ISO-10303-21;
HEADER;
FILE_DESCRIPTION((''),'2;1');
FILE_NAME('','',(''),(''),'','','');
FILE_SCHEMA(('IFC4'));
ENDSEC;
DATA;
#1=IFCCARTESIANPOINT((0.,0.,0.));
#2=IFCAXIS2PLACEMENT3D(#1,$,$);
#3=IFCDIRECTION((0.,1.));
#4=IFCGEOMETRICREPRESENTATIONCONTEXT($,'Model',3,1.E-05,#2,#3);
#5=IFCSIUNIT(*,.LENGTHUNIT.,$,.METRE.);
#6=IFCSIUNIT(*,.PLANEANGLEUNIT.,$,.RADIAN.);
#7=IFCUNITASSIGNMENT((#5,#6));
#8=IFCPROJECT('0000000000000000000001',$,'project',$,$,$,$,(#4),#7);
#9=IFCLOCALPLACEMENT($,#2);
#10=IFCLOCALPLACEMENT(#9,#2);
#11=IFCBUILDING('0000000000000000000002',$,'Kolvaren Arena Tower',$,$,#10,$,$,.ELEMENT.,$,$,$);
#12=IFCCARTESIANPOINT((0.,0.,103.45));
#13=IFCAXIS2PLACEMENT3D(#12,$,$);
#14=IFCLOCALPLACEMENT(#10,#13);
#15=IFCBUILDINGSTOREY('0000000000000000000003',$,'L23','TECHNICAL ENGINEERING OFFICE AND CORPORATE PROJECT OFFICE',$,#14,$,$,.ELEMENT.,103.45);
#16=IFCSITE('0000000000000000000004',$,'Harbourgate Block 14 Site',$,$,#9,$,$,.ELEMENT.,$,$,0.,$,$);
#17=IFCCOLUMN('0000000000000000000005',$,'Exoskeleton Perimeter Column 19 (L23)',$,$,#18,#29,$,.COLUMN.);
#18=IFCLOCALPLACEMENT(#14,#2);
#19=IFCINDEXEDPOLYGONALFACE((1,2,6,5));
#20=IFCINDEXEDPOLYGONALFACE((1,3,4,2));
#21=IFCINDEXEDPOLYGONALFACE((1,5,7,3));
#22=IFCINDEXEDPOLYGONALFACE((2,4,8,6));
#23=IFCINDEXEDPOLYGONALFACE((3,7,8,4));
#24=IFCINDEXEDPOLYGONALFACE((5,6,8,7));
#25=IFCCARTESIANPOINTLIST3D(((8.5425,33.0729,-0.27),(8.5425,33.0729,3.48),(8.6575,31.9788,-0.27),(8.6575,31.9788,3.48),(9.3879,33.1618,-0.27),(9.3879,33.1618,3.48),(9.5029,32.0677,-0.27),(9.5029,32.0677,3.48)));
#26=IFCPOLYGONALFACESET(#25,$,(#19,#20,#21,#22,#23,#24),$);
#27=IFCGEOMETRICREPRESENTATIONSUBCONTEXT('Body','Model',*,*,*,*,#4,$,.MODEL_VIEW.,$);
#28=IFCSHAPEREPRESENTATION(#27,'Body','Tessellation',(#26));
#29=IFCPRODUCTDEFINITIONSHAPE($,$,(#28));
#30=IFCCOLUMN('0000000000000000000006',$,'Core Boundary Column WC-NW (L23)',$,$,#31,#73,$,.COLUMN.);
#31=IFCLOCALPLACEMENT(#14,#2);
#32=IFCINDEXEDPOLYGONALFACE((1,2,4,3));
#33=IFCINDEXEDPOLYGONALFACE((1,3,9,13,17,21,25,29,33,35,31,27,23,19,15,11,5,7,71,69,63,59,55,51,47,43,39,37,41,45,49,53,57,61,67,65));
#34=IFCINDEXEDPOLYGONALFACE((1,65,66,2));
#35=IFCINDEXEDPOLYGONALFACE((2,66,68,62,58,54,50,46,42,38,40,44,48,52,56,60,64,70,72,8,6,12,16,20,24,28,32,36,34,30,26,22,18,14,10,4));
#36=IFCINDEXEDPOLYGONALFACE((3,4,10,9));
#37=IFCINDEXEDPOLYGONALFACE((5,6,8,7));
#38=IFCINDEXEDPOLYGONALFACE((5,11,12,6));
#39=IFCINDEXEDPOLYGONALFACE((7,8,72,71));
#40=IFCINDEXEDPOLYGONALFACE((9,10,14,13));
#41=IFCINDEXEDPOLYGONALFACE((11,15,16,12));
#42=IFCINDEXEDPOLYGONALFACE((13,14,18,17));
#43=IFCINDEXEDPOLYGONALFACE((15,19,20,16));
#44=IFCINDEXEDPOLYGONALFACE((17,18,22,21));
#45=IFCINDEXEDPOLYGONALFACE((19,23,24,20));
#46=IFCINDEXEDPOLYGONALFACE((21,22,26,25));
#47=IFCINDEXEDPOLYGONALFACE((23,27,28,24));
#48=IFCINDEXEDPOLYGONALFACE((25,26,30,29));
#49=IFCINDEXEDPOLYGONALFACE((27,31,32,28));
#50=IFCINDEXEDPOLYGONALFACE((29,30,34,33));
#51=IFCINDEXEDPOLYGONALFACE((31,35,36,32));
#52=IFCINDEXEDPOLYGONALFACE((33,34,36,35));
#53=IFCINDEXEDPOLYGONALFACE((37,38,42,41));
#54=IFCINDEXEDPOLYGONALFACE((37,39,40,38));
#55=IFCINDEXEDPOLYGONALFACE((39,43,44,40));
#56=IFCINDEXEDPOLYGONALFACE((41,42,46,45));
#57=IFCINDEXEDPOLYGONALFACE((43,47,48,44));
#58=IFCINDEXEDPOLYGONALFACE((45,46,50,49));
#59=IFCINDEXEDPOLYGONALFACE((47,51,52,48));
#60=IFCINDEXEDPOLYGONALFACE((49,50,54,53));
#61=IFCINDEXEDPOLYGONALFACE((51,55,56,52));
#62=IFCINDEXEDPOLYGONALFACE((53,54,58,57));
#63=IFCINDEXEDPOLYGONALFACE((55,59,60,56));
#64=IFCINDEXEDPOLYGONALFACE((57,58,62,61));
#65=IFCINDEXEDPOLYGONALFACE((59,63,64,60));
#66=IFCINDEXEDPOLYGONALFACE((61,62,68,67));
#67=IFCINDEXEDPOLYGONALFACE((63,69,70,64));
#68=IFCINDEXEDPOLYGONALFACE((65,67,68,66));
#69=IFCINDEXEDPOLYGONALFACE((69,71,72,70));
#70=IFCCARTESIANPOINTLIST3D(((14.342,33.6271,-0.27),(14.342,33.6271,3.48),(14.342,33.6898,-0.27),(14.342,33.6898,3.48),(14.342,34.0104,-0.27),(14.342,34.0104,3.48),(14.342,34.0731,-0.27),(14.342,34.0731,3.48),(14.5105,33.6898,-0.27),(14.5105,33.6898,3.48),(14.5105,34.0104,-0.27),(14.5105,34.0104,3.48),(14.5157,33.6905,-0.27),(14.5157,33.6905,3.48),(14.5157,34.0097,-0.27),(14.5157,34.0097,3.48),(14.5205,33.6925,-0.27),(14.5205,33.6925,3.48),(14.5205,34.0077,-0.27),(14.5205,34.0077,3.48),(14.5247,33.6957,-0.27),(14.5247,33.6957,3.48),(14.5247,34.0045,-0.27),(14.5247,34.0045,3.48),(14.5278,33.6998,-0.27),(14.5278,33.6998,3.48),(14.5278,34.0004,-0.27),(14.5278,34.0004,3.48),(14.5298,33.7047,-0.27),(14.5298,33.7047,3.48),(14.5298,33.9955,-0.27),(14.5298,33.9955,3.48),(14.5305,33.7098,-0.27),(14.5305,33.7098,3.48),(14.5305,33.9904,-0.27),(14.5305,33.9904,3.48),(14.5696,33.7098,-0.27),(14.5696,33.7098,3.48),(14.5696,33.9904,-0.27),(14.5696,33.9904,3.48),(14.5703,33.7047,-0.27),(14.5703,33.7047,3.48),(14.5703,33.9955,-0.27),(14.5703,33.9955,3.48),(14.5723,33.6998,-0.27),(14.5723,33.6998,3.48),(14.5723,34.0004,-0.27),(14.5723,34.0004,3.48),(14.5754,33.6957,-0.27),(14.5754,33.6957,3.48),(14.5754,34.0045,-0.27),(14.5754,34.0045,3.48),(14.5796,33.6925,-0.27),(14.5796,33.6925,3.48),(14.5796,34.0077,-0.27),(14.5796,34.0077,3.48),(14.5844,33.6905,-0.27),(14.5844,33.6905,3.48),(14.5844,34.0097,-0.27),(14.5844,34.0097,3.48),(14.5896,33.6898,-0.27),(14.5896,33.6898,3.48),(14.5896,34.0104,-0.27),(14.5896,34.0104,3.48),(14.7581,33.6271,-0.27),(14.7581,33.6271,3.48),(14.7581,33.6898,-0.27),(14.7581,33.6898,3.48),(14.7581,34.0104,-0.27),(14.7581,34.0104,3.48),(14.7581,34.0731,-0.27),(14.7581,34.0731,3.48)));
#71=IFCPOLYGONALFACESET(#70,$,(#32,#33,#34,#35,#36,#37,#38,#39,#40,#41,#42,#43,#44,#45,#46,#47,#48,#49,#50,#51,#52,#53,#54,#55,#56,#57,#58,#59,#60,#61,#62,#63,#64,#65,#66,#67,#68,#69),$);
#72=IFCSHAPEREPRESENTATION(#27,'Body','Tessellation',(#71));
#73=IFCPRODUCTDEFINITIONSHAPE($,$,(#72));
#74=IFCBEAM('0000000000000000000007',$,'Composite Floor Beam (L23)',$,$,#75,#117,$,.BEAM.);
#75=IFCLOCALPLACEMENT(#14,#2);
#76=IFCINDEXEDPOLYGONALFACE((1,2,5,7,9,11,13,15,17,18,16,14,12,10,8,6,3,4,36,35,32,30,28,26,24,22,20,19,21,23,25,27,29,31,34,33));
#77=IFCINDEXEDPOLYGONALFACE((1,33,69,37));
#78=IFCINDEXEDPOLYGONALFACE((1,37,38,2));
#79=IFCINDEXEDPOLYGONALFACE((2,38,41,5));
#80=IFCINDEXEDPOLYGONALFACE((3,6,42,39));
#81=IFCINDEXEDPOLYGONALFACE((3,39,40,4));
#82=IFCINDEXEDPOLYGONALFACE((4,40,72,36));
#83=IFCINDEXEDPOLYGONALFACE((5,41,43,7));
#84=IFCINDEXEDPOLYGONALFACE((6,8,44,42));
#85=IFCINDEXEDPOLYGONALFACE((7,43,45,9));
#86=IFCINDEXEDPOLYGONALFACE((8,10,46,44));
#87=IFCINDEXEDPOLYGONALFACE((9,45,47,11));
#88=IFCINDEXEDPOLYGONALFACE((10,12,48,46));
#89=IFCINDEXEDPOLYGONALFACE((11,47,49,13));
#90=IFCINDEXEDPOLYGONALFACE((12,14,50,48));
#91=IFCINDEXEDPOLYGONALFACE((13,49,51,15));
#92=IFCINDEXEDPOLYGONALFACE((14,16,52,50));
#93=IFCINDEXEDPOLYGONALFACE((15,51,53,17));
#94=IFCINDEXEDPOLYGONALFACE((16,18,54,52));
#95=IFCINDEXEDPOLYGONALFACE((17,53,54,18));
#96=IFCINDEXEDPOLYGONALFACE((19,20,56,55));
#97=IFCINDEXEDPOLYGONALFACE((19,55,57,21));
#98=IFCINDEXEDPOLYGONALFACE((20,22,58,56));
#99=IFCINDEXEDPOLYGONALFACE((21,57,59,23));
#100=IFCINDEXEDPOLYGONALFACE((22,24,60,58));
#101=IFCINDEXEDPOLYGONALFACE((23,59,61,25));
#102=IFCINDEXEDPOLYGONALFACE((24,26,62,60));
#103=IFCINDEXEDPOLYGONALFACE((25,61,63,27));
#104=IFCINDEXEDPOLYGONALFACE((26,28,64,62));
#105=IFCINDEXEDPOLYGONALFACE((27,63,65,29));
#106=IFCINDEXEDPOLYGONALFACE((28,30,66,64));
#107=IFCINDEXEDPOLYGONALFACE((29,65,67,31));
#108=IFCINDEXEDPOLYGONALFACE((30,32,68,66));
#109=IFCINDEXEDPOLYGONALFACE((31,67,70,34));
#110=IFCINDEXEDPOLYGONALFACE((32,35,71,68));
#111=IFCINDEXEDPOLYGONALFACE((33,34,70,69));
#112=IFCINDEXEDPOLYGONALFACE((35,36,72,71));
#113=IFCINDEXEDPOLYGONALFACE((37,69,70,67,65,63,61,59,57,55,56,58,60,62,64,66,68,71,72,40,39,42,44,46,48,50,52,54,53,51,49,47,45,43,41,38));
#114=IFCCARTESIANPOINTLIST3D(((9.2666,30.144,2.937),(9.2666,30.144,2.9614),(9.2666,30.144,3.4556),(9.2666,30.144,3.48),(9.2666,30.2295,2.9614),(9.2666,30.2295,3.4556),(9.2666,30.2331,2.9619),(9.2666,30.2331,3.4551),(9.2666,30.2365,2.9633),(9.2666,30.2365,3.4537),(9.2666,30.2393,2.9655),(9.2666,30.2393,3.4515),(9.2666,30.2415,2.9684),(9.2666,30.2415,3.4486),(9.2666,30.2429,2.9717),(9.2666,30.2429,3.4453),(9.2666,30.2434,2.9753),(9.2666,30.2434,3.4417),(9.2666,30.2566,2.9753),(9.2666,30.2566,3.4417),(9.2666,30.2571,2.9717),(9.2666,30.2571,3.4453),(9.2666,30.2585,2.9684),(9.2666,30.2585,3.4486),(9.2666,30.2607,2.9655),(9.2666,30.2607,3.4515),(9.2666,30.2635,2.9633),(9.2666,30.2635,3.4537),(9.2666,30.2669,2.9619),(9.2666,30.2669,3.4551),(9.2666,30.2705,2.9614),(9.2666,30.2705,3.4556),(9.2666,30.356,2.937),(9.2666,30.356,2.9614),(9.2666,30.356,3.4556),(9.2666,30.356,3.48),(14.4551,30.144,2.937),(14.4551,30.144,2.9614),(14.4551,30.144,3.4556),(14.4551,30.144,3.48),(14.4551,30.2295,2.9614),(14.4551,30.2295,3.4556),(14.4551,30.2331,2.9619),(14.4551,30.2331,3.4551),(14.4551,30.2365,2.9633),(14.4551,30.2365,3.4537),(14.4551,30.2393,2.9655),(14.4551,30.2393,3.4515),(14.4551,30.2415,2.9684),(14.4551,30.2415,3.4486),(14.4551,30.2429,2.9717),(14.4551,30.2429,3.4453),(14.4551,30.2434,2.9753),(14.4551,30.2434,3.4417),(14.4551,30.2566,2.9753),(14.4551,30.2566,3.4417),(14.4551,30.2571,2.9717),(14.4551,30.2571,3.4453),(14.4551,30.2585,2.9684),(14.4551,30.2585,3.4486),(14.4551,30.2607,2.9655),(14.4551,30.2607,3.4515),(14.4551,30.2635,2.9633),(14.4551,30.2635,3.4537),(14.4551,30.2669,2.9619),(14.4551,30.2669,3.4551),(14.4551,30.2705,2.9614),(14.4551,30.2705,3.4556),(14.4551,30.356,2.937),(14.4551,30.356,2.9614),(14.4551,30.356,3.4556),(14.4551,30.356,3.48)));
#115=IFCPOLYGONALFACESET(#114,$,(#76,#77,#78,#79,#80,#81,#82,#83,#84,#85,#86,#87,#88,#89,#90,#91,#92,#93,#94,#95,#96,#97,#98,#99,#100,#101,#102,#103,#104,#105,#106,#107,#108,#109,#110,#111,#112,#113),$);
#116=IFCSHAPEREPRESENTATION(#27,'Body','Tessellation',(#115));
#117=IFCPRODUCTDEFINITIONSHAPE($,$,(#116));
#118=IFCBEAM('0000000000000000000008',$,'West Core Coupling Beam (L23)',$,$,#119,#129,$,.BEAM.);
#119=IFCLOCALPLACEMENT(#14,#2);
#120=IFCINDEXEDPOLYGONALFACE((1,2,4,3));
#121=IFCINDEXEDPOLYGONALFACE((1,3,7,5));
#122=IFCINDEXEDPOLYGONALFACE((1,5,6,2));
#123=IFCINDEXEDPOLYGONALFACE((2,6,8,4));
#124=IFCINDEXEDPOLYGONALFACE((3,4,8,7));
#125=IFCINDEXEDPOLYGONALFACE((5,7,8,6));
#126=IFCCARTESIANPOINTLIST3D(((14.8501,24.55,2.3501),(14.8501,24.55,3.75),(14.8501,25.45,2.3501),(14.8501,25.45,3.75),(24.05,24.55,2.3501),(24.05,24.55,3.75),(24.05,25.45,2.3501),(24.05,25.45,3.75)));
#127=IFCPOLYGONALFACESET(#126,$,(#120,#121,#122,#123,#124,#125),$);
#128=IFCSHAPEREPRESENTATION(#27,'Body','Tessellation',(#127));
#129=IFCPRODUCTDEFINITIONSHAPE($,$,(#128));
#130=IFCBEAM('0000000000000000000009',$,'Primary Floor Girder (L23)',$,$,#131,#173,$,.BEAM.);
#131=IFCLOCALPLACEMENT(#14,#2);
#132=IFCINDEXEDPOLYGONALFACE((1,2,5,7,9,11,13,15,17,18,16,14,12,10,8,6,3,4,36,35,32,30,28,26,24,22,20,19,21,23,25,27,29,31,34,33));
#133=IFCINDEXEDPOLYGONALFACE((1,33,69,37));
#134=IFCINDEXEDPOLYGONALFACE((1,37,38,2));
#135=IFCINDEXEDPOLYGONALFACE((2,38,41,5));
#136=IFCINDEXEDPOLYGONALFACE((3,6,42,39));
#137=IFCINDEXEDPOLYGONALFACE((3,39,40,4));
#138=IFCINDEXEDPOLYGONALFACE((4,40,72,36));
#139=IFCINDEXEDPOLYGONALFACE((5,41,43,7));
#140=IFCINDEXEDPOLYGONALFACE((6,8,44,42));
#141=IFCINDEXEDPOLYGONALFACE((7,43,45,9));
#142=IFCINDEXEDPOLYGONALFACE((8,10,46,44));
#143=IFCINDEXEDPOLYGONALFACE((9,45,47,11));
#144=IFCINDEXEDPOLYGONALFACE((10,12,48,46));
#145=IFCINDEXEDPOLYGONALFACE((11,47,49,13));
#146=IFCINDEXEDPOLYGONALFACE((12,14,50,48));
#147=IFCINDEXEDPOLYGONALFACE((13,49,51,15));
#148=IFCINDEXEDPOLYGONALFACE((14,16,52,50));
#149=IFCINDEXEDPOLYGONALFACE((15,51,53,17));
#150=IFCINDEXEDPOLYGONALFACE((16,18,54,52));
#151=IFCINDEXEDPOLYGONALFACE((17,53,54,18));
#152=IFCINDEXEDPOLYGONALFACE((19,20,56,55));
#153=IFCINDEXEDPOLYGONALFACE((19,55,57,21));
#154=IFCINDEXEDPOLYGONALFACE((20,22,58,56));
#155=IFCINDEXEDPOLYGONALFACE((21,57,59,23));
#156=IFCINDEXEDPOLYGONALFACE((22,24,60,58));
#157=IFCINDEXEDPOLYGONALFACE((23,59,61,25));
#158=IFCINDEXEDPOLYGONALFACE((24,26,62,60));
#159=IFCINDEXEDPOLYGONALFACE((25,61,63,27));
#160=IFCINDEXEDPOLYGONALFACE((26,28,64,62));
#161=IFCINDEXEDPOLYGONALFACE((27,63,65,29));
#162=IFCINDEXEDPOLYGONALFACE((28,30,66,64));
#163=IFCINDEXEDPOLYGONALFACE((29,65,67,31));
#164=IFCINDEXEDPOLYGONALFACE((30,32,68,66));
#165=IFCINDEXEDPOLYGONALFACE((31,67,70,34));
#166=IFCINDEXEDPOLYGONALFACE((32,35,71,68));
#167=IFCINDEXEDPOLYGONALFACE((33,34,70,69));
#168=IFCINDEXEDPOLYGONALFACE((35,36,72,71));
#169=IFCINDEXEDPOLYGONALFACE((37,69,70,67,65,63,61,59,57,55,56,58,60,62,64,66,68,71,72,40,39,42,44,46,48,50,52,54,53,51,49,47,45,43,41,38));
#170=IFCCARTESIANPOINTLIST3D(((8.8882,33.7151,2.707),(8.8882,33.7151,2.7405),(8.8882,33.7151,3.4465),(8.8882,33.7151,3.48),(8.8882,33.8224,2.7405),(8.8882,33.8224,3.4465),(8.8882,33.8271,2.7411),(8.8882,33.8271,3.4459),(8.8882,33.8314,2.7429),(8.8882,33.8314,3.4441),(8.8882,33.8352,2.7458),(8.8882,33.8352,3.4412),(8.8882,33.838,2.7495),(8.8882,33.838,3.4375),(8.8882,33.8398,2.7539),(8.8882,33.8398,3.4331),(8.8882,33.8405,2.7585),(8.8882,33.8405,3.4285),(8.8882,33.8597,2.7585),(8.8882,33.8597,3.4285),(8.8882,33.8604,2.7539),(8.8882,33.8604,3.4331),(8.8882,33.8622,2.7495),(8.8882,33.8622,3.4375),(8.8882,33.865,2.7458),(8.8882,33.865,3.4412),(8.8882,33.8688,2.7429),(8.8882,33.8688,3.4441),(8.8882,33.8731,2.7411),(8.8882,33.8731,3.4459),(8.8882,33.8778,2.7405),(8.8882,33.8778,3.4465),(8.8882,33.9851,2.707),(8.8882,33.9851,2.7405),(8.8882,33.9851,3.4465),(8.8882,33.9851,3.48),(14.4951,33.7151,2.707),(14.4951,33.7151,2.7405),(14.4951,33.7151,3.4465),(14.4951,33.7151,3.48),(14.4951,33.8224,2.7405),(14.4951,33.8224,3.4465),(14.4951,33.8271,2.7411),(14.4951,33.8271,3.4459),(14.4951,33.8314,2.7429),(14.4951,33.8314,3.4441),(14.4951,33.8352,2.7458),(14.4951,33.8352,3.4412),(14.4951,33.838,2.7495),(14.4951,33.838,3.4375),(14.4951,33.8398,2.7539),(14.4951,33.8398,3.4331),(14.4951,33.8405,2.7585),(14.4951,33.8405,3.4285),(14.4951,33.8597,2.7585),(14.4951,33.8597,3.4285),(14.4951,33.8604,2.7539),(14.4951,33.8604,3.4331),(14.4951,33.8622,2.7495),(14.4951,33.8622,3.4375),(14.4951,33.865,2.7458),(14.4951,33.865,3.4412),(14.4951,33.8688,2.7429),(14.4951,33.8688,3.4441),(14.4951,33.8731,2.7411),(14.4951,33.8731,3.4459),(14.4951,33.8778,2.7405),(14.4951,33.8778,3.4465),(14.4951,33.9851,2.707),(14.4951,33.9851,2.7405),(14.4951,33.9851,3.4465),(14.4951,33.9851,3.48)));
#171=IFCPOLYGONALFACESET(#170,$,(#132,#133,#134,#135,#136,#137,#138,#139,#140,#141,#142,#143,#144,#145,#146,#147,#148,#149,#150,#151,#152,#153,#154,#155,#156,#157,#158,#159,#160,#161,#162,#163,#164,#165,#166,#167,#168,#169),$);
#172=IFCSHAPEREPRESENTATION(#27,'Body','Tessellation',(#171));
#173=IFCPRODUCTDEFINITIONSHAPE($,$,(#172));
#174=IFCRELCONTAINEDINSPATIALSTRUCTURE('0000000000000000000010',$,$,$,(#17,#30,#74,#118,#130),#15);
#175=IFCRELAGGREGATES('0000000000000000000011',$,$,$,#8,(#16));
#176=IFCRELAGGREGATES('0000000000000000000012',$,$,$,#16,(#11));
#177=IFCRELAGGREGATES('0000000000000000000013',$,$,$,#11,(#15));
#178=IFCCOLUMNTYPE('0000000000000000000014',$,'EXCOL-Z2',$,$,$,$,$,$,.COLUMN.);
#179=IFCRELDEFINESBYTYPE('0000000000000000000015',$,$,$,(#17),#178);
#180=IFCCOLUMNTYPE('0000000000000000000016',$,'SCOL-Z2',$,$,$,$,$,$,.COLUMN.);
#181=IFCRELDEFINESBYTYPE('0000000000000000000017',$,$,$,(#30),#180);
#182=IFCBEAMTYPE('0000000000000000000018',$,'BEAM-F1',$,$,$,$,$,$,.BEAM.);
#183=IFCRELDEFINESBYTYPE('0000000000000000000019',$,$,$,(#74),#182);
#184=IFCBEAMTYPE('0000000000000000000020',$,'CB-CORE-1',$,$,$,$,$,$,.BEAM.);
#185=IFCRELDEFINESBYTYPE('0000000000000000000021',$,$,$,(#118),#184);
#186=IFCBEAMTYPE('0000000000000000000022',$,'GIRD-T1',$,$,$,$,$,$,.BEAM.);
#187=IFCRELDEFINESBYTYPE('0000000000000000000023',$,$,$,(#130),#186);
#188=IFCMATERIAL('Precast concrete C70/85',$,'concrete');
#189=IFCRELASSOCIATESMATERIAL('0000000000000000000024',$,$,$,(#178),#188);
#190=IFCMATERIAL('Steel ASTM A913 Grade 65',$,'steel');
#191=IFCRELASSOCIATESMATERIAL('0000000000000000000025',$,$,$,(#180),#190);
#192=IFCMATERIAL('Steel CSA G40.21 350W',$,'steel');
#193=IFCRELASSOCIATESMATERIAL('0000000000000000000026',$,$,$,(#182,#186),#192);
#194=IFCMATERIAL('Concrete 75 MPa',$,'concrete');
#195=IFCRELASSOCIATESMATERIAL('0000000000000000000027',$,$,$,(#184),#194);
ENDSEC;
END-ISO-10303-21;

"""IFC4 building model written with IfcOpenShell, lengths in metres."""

from ifc_helpers import new_model, si_unit, direction, frame, origin, origin_2d, place, context, subcontext, project, spatial, rectangle, i_section, extrude, material, material_profile, profile_set, type_object, element, save


model = new_model("IFC4")

# Units and contexts
model_context = context("Model", 3, precision=1e-05, world=origin(), true_north=direction((0.0, 1.0)))
body_context = subcontext(model_context, "Body", "Model", "MODEL_VIEW")
ifc_project = project(units=[si_unit("LENGTHUNIT", "METRE"), si_unit("PLANEANGLEUNIT", "RADIAN")], contexts=[model_context])

# Site, building, storey
site_placement = place(None, origin())
site = spatial("IfcSite", under=ifc_project, at=site_placement, Name="Harbourgate Block 14 Site", CompositionType="ELEMENT", RefElevation=0.0)
building_placement = place(site_placement, origin())
building = spatial("IfcBuilding", under=site, at=building_placement, Name="Kolvaren Arena Tower", CompositionType="ELEMENT")
storey_placement = place(building_placement, frame((0.0, 0.0, 103.45)))
storey = spatial("IfcBuildingStorey", under=building, at=storey_placement, Name="L23", Description="TECHNICAL ENGINEERING OFFICE AND CORPORATE PROJECT OFFICE", CompositionType="ELEMENT", Elevation=103.45)

# Columns
ifc_material_1 = material(Name="Precast concrete C70/85", Category="concrete")
ifc_material_profile_1 = material_profile(ifc_material_1, rectangle(XDim=1.1001, YDim=0.8501, at=origin_2d()), Name="RC-1100x850")
ifc_profile_set_1 = profile_set([ifc_material_profile_1], Name="Precast concrete C70/85")
column_type_1 = type_object("IfcColumnType", Name="EXCOL-Z2", PredefinedType="COLUMN", material=ifc_profile_set_1)
column_1_placement = place(storey_placement, frame((9.0227, 32.5703, -0.27), z_axis=(0.0, 0.0, 1.0), x_axis=(-0.104528, 0.994522, 0.0)))
element("IfcColumn", 1, at=column_1_placement, inside=storey, type_object=column_type_1, Name="Exoskeleton Perimeter Column 19 (L23)", PredefinedType="COLUMN", context=body_context, shape_type="SweptSolid", body=[
    extrude(rectangle(XDim=1.1001, YDim=0.8501, at=origin_2d()), origin(), (0.0, 0.0, 1.0), 3.75),
])
ifc_material_2 = material(Name="Steel ASTM A913 Grade 65", Category="steel")
ifc_material_profile_2 = material_profile(ifc_material_2, i_section(OverallWidth=0.416, OverallDepth=0.446, WebThickness=0.0391, FlangeThickness=0.0627, FilletRadius=0.02, at=origin_2d()), Name="W360x509")
ifc_profile_set_2 = profile_set([ifc_material_profile_2], Name="Steel ASTM A913 Grade 65")
column_type_2 = type_object("IfcColumnType", Name="SCOL-Z2", PredefinedType="COLUMN", material=ifc_profile_set_2)
column_2_placement = place(storey_placement, frame((14.55, 33.8501, -0.27), z_axis=(0.0, 0.0, 1.0), x_axis=(1.0, 0.0, 0.0)))
element("IfcColumn", 2, at=column_2_placement, inside=storey, type_object=column_type_2, Name="Core Boundary Column WC-NW (L23)", PredefinedType="COLUMN", context=body_context, shape_type="SweptSolid", body=[
    extrude(i_section(OverallWidth=0.416, OverallDepth=0.446, WebThickness=0.0391, FlangeThickness=0.0627, FilletRadius=0.02, at=origin_2d()), origin(), (0.0, 0.0, 1.0), 3.75),
])

# Beams
ifc_material_3 = material(Name="Steel CSA G40.21 350W", Category="steel")
ifc_material_profile_3 = material_profile(ifc_material_3, i_section(OverallWidth=0.2119, OverallDepth=0.543, WebThickness=0.0132, FlangeThickness=0.0244, FilletRadius=0.0139, at=origin_2d()), Name="W530x150")
ifc_profile_set_3 = profile_set([ifc_material_profile_3], Name="Steel CSA G40.21 350W")
beam_type_1 = type_object("IfcBeamType", Name="BEAM-F1", PredefinedType="BEAM", material=ifc_profile_set_3)
beam_1_placement = place(storey_placement, frame((9.2666, 30.25, 3.2085), z_axis=(1.0, 0.0, 0.0), x_axis=(0.0, 1.0, 0.0)))
element("IfcBeam", 3, at=beam_1_placement, inside=storey, type_object=beam_type_1, Name="Composite Floor Beam (L23)", PredefinedType="BEAM", context=body_context, shape_type="SweptSolid", body=[
    extrude(i_section(OverallWidth=0.2119, OverallDepth=0.543, WebThickness=0.0132, FlangeThickness=0.0244, FilletRadius=0.0139, at=origin_2d()), origin(), (0.0, 0.0, 1.0), 5.1885),
])
ifc_material_4 = material(Name="Concrete 75 MPa", Category="concrete")
ifc_material_profile_4 = material_profile(ifc_material_4, rectangle(XDim=0.8999, YDim=1.3999, at=origin_2d()), Name="RC-900x1400")
ifc_profile_set_4 = profile_set([ifc_material_profile_4], Name="Concrete 75 MPa")
beam_type_2 = type_object("IfcBeamType", Name="CB-CORE-1", PredefinedType="BEAM", material=ifc_profile_set_4)
beam_2_placement = place(storey_placement, frame((14.8501, 25.0, 3.05), z_axis=(1.0, 0.0, 0.0), x_axis=(0.0, 1.0, 0.0)))
element("IfcBeam", 4, at=beam_2_placement, inside=storey, type_object=beam_type_2, Name="West Core Coupling Beam (L23)", PredefinedType="BEAM", context=body_context, shape_type="SweptSolid", body=[
    extrude(rectangle(XDim=0.8999, YDim=1.3999, at=origin_2d()), origin(), (0.0, 0.0, 1.0), 9.2),
])
ifc_material_profile_5 = material_profile(ifc_material_3, i_section(OverallWidth=0.27, OverallDepth=0.7729, WebThickness=0.0193, FlangeThickness=0.0334, FilletRadius=0.0181, at=origin_2d()), Name="W760x257")
ifc_profile_set_5 = profile_set([ifc_material_profile_5], Name="Steel CSA G40.21 350W")
beam_type_3 = type_object("IfcBeamType", Name="GIRD-T1", PredefinedType="BEAM", material=ifc_profile_set_5)
beam_3_placement = place(storey_placement, frame((8.8882, 33.8501, 3.0935), z_axis=(1.0, 0.0, 0.0), x_axis=(0.0, 1.0, 0.0)))
element("IfcBeam", 5, at=beam_3_placement, inside=storey, type_object=beam_type_3, Name="Primary Floor Girder (L23)", PredefinedType="BEAM", context=body_context, shape_type="SweptSolid", body=[
    extrude(i_section(OverallWidth=0.27, OverallDepth=0.7729, WebThickness=0.0193, FlangeThickness=0.0334, FilletRadius=0.0181, at=origin_2d()), origin(), (0.0, 0.0, 1.0), 5.6069),
])

save(model, "model.ifc")
